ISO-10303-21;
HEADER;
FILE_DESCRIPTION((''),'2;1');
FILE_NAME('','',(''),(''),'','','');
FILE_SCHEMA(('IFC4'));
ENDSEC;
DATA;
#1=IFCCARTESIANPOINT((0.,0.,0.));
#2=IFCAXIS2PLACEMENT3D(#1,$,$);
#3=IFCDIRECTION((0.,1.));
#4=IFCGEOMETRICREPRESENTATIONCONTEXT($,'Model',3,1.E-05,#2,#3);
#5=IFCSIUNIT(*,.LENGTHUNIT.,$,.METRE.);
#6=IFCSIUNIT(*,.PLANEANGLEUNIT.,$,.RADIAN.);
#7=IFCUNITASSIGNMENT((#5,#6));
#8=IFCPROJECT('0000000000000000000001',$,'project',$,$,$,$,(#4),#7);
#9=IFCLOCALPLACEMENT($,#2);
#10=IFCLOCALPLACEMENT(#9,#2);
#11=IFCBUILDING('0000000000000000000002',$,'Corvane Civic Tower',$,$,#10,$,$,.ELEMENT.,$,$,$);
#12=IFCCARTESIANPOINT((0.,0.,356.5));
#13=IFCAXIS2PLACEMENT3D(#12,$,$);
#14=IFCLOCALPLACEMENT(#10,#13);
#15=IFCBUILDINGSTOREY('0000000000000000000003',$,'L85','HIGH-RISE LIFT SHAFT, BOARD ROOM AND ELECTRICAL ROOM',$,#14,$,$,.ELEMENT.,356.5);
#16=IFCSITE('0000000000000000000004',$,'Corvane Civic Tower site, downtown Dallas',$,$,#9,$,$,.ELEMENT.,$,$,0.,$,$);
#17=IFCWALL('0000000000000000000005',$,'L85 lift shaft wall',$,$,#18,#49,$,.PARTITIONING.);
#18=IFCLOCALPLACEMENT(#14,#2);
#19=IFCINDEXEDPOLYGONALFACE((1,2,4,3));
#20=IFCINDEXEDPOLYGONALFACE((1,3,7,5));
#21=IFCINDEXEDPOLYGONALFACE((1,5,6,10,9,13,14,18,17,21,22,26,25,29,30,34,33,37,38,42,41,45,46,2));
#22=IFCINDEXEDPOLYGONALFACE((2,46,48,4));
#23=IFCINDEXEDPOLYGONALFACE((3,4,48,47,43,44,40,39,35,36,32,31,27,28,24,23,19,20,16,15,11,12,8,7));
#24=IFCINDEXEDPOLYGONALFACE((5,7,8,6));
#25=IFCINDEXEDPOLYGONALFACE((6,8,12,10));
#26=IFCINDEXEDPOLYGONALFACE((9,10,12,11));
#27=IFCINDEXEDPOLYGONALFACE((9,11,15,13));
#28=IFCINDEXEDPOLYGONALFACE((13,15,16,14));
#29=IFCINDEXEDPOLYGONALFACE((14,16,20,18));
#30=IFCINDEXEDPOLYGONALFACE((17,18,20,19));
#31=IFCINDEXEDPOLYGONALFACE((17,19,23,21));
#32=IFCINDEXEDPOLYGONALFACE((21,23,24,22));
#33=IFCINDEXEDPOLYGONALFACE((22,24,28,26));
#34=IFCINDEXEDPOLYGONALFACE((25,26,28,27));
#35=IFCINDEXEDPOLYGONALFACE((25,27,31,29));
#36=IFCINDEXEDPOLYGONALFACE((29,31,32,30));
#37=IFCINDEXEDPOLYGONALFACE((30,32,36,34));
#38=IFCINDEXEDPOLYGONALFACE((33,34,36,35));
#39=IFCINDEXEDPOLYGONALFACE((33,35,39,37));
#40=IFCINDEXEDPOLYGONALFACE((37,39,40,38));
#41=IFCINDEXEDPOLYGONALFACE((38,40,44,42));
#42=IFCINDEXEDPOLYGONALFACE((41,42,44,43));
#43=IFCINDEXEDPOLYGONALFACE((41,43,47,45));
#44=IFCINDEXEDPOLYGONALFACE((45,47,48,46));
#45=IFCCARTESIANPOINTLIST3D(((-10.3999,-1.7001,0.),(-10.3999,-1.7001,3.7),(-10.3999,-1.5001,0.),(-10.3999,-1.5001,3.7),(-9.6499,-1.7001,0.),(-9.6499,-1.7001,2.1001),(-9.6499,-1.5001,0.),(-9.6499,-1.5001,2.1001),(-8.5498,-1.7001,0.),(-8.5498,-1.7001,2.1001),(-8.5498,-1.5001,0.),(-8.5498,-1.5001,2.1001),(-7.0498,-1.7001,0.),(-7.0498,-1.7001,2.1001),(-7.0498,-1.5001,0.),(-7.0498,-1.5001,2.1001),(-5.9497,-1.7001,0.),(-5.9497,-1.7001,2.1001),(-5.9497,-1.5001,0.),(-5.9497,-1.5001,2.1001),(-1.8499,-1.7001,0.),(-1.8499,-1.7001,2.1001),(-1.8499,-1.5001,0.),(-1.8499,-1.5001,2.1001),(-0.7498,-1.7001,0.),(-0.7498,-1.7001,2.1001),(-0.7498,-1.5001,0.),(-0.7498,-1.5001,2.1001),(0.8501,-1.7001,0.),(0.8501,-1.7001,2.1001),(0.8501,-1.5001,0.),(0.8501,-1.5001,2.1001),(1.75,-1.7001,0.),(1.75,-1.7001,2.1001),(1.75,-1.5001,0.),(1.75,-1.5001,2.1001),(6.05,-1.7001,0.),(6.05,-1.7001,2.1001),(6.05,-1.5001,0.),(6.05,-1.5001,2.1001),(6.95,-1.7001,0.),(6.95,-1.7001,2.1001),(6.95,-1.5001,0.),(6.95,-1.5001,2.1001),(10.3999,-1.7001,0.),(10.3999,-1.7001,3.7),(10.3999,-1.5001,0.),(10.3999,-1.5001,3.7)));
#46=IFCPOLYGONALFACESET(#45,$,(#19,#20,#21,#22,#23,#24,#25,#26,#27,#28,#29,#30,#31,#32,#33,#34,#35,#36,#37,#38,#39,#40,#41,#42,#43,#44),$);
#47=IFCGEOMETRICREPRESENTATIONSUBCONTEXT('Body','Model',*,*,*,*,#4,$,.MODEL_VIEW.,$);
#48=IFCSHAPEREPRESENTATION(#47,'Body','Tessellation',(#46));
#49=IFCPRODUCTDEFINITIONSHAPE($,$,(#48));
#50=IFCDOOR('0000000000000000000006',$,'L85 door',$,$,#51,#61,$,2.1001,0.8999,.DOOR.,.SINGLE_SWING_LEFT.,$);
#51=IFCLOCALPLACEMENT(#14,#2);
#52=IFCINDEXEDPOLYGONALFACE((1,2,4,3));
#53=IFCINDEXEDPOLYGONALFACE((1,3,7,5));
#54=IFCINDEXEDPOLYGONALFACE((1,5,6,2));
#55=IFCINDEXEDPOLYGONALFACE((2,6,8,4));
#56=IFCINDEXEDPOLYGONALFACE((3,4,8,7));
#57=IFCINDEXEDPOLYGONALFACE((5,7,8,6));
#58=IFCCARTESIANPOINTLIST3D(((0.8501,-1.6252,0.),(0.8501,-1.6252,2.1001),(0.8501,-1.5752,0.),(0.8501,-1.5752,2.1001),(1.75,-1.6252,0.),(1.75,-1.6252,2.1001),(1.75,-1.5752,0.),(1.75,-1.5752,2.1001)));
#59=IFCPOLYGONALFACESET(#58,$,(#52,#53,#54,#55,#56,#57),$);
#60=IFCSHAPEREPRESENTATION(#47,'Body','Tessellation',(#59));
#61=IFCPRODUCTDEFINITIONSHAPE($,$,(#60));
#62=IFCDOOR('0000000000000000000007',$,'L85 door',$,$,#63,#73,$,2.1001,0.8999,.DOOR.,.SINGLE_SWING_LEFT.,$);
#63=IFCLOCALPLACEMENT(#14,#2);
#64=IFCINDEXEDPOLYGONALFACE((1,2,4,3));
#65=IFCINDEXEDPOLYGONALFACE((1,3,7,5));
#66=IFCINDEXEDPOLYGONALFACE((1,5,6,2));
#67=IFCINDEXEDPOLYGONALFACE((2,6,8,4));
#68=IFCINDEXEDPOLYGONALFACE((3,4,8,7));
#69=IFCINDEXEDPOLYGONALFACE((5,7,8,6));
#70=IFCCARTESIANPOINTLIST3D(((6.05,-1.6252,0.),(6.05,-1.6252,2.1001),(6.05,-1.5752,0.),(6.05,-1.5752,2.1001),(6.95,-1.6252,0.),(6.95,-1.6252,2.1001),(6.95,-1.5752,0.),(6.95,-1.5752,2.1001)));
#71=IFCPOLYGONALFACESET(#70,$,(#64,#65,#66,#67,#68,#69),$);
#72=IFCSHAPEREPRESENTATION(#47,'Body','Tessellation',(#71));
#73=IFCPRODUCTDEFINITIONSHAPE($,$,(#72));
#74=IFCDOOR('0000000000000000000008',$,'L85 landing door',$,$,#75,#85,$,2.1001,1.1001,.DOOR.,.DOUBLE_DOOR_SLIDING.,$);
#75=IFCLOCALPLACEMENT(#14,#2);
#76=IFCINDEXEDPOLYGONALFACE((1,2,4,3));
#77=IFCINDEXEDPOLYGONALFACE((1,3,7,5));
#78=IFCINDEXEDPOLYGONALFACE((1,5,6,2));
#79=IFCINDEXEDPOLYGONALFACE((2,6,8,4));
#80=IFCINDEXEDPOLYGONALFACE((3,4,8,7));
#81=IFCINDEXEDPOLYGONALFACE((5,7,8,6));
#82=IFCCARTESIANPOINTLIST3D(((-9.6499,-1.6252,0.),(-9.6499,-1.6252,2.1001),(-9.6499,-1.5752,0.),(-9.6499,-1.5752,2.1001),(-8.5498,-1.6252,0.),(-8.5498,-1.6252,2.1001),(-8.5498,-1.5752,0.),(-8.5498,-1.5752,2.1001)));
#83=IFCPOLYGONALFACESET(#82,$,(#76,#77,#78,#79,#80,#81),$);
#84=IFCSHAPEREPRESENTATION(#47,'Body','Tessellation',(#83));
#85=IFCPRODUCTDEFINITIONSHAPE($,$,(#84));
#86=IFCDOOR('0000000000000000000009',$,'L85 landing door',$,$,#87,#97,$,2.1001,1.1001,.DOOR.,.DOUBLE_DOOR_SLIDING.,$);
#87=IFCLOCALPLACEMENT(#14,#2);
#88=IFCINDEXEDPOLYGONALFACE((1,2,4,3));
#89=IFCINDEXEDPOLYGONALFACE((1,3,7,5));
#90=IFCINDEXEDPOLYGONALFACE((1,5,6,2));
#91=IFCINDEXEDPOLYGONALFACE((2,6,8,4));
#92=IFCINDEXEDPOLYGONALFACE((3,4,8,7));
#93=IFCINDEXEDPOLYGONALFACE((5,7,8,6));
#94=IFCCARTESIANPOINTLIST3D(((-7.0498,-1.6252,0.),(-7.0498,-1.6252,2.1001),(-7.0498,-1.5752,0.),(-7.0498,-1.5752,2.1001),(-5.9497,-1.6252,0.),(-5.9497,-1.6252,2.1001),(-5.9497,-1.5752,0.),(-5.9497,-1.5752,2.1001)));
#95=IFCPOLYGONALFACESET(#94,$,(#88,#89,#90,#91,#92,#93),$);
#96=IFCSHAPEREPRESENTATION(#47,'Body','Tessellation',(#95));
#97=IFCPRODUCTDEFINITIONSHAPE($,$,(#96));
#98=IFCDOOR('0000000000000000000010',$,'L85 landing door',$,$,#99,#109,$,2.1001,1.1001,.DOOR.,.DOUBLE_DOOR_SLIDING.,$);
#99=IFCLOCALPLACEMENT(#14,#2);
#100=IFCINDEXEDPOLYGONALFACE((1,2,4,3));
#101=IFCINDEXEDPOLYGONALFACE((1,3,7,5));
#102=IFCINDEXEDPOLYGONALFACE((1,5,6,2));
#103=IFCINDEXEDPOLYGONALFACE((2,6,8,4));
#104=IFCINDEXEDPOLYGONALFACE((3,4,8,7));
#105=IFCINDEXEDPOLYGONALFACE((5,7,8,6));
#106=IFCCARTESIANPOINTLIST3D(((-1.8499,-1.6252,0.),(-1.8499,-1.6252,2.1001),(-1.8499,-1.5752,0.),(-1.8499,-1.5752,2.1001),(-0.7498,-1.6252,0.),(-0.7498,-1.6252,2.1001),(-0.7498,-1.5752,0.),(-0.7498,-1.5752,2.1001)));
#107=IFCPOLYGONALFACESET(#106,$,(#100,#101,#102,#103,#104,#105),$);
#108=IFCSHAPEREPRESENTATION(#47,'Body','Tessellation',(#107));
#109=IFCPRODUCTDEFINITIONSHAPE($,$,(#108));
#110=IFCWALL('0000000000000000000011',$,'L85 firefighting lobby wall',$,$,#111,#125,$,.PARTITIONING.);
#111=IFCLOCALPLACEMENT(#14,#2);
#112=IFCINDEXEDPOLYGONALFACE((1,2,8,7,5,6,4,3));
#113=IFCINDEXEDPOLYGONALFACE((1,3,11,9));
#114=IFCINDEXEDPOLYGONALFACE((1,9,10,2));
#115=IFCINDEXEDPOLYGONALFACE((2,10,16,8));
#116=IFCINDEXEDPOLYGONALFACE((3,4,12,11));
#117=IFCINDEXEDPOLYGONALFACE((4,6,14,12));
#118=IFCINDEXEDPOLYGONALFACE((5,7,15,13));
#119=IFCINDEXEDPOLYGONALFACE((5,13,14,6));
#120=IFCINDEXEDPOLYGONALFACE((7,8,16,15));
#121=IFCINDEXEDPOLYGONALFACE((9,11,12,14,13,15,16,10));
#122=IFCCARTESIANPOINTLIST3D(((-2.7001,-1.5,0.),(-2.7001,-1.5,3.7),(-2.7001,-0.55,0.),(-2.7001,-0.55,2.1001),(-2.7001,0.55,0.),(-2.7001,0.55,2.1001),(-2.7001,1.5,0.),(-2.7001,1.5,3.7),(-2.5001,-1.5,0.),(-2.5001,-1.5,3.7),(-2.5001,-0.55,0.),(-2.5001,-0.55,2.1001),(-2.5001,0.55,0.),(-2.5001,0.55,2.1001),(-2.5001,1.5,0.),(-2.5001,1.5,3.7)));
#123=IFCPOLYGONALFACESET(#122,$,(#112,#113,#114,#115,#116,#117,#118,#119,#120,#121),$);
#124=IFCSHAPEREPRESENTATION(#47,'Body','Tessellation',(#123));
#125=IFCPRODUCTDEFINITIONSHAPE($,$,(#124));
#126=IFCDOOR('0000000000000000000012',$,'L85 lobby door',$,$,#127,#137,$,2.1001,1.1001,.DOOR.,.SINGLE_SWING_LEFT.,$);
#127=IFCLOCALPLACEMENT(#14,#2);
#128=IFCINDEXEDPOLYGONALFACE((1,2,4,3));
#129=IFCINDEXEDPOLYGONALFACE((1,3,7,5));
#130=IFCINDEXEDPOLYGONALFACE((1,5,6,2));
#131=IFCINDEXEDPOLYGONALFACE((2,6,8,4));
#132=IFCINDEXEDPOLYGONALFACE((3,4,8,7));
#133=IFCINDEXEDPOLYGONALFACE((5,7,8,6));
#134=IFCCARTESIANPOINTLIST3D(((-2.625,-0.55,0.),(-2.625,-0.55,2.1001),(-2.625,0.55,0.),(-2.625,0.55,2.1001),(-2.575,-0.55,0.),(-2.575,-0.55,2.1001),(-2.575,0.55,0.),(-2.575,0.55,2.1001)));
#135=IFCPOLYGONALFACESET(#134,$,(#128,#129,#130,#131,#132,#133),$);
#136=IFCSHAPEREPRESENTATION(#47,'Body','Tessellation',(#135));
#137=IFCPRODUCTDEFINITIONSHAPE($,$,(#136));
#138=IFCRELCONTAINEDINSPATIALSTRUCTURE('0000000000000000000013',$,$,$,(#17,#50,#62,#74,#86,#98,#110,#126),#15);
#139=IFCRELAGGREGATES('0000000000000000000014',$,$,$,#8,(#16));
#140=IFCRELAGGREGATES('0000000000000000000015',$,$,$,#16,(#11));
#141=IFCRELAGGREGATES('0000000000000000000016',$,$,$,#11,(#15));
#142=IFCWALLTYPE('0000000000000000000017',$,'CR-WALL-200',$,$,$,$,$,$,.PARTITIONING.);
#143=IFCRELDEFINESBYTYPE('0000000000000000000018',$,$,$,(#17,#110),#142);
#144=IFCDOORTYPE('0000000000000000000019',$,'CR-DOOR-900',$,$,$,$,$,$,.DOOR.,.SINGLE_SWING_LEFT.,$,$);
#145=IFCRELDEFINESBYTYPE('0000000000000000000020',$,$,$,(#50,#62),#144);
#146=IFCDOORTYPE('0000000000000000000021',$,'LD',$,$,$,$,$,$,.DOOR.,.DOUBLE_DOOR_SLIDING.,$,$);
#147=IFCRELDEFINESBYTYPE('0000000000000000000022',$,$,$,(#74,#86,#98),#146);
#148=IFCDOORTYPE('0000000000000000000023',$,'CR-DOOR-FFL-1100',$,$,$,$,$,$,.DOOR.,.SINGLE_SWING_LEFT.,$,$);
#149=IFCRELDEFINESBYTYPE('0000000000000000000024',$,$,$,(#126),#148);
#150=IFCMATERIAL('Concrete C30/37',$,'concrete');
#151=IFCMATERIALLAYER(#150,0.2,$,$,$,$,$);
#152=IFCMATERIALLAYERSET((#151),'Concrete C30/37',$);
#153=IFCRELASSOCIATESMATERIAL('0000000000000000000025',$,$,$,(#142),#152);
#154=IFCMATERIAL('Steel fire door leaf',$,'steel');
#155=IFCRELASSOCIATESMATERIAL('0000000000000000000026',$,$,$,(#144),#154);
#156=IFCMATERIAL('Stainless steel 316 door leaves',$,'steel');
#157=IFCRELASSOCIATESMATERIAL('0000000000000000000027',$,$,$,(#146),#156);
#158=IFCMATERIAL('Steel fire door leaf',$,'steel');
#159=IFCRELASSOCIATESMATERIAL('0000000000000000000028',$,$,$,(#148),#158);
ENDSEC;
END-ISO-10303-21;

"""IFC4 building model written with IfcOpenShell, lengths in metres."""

from ifc_helpers import new_model, si_unit, direction, frame, frame_2d, origin, place, context, subcontext, project, spatial, rectangle, extrude, material, layer, layer_set, type_object, element, fill, save


model = new_model("IFC4")

# Units and contexts
model_context = context("Model", 3, precision=1e-05, world=origin(), true_north=direction((0.0, 1.0)))
body_context = subcontext(model_context, "Body", "Model", "MODEL_VIEW")
ifc_project = project(units=[si_unit("LENGTHUNIT", "METRE"), si_unit("PLANEANGLEUNIT", "RADIAN")], contexts=[model_context])

# Site, building, storey
site_placement = place(None, origin())
site = spatial("IfcSite", under=ifc_project, at=site_placement, Name="Corvane Civic Tower site, downtown Dallas", CompositionType="ELEMENT", RefElevation=0.0)
building_placement = place(site_placement, origin())
building = spatial("IfcBuilding", under=site, at=building_placement, Name="Corvane Civic Tower", CompositionType="ELEMENT")
storey_placement = place(building_placement, frame((0.0, 0.0, 356.5)))
storey = spatial("IfcBuildingStorey", under=building, at=storey_placement, Name="L85", Description="HIGH-RISE LIFT SHAFT, BOARD ROOM AND ELECTRICAL ROOM", CompositionType="ELEMENT", Elevation=356.5)

# Wall, openings, doors
ifc_material_1 = material(Name="Concrete C30/37", Category="concrete")
ifc_layer_1 = layer(ifc_material_1, 0.2)
ifc_layer_set_1 = layer_set([ifc_layer_1], Name="Concrete C30/37")
wall_type_1 = type_object("IfcWallType", Name="CR-WALL-200", PredefinedType="PARTITIONING", material=ifc_layer_set_1)
ifc_material_2 = material(Name="Steel fire door leaf", Category="steel")
door_type_1 = type_object("IfcDoorType", Name="CR-DOOR-900", OperationType="SINGLE_SWING_LEFT", PredefinedType="DOOR", material=ifc_material_2)
wall_1_placement = place(storey_placement, frame((-10.3999, -1.6001, 0.0), z_axis=(0.0, 0.0, 1.0), x_axis=(1.0, 0.0, 0.0)))
wall_1 = element("IfcWall", 1, at=wall_1_placement, inside=storey, type_object=wall_type_1, Name="L85 lift shaft wall", PredefinedType="PARTITIONING", context=body_context, shape_type="SweptSolid", body=[
    extrude(rectangle(XDim=20.7998, YDim=0.2, at=frame_2d((10.3999, 0.0))), origin(), (0.0, 0.0, 1.0), 3.7),
])
opening_1_placement = place(wall_1_placement, frame((0.75, 0.0, 0.0)))
opening_1 = element("IfcOpeningElement", 2, at=opening_1_placement, cuts=wall_1, PredefinedType="OPENING", context=body_context, shape_type="SweptSolid", body=[
    extrude(rectangle(XDim=1.1001, YDim=2.1001, at=frame_2d((0.55, 1.05))), frame((0.0, 0.1099, 0.0), z_axis=(0.0, -1.0, 0.0), x_axis=(1.0, 0.0, 0.0)), (0.0, 0.0, 1.0), 0.22),
])
opening_2_placement = place(wall_1_placement, frame((3.3501, 0.0, 0.0)))
opening_2 = element("IfcOpeningElement", 3, at=opening_2_placement, cuts=wall_1, PredefinedType="OPENING", context=body_context, shape_type="SweptSolid", body=[
    extrude(rectangle(XDim=1.1001, YDim=2.1001, at=frame_2d((0.55, 1.05))), frame((0.0, 0.1099, 0.0), z_axis=(0.0, -1.0, 0.0), x_axis=(1.0, 0.0, 0.0)), (0.0, 0.0, 1.0), 0.22),
])
opening_3_placement = place(wall_1_placement, frame((8.55, 0.0, 0.0)))
opening_3 = element("IfcOpeningElement", 4, at=opening_3_placement, cuts=wall_1, PredefinedType="OPENING", context=body_context, shape_type="SweptSolid", body=[
    extrude(rectangle(XDim=1.1001, YDim=2.1001, at=frame_2d((0.55, 1.05))), frame((0.0, 0.1099, 0.0), z_axis=(0.0, -1.0, 0.0), x_axis=(1.0, 0.0, 0.0)), (0.0, 0.0, 1.0), 0.22),
])
opening_4_placement = place(wall_1_placement, frame((11.25, 0.0, 0.0)))
opening_4 = element("IfcOpeningElement", 5, at=opening_4_placement, cuts=wall_1, PredefinedType="OPENING", context=body_context, shape_type="SweptSolid", body=[
    extrude(rectangle(XDim=0.8999, YDim=2.1001, at=frame_2d((0.45, 1.05))), frame((0.0, 0.1099, 0.0), z_axis=(0.0, -1.0, 0.0), x_axis=(1.0, 0.0, 0.0)), (0.0, 0.0, 1.0), 0.22),
])
opening_5_placement = place(wall_1_placement, frame((16.45, 0.0, 0.0)))
opening_5 = element("IfcOpeningElement", 6, at=opening_5_placement, cuts=wall_1, PredefinedType="OPENING", context=body_context, shape_type="SweptSolid", body=[
    extrude(rectangle(XDim=0.8999, YDim=2.1001, at=frame_2d((0.45, 1.05))), frame((0.0, 0.1099, 0.0), z_axis=(0.0, -1.0, 0.0), x_axis=(1.0, 0.0, 0.0)), (0.0, 0.0, 1.0), 0.22),
])
door_1_placement = place(opening_4_placement, origin())
door_1 = element("IfcDoor", 7, at=door_1_placement, inside=storey, type_object=door_type_1, Name="L85 door", OperationType="SINGLE_SWING_LEFT", OverallHeight=2.1001, OverallWidth=0.8999, PredefinedType="DOOR", context=body_context, shape_type="SweptSolid", body=[
    extrude(rectangle(XDim=0.8999, YDim=2.1001, at=frame_2d((0.45, 1.05))), frame((0.0, 0.0249, 0.0), z_axis=(0.0, -1.0, 0.0), x_axis=(1.0, 0.0, 0.0)), (0.0, 0.0, 1.0), 0.05),
])
fill(opening_4, door_1)
door_2_placement = place(opening_5_placement, origin())
door_2 = element("IfcDoor", 8, at=door_2_placement, inside=storey, type_object=door_type_1, Name="L85 door", OperationType="SINGLE_SWING_LEFT", OverallHeight=2.1001, OverallWidth=0.8999, PredefinedType="DOOR", context=body_context, shape_type="SweptSolid", body=[
    extrude(rectangle(XDim=0.8999, YDim=2.1001, at=frame_2d((0.45, 1.05))), frame((0.0, 0.0249, 0.0), z_axis=(0.0, -1.0, 0.0), x_axis=(1.0, 0.0, 0.0)), (0.0, 0.0, 1.0), 0.05),
])
fill(opening_5, door_2)
ifc_material_3 = material(Name="Stainless steel 316 door leaves", Category="steel")
door_type_2 = type_object("IfcDoorType", Name="LD", OperationType="DOUBLE_DOOR_SLIDING", PredefinedType="DOOR", material=ifc_material_3)
door_3_placement = place(opening_1_placement, origin())
door_3 = element("IfcDoor", 9, at=door_3_placement, inside=storey, type_object=door_type_2, Name="L85 landing door", OperationType="DOUBLE_DOOR_SLIDING", OverallHeight=2.1001, OverallWidth=1.1001, PredefinedType="DOOR", context=body_context, shape_type="SweptSolid", body=[
    extrude(rectangle(XDim=1.1001, YDim=2.1001, at=frame_2d((0.55, 1.05))), frame((0.0, 0.0249, 0.0), z_axis=(0.0, -1.0, 0.0), x_axis=(1.0, 0.0, 0.0)), (0.0, 0.0, 1.0), 0.05),
])
fill(opening_1, door_3)
door_4_placement = place(opening_2_placement, origin())
door_4 = element("IfcDoor", 10, at=door_4_placement, inside=storey, type_object=door_type_2, Name="L85 landing door", OperationType="DOUBLE_DOOR_SLIDING", OverallHeight=2.1001, OverallWidth=1.1001, PredefinedType="DOOR", context=body_context, shape_type="SweptSolid", body=[
    extrude(rectangle(XDim=1.1001, YDim=2.1001, at=frame_2d((0.55, 1.05))), frame((0.0, 0.0249, 0.0), z_axis=(0.0, -1.0, 0.0), x_axis=(1.0, 0.0, 0.0)), (0.0, 0.0, 1.0), 0.05),
])
fill(opening_2, door_4)
door_5_placement = place(opening_3_placement, origin())
door_5 = element("IfcDoor", 11, at=door_5_placement, inside=storey, type_object=door_type_2, Name="L85 landing door", OperationType="DOUBLE_DOOR_SLIDING", OverallHeight=2.1001, OverallWidth=1.1001, PredefinedType="DOOR", context=body_context, shape_type="SweptSolid", body=[
    extrude(rectangle(XDim=1.1001, YDim=2.1001, at=frame_2d((0.55, 1.05))), frame((0.0, 0.0249, 0.0), z_axis=(0.0, -1.0, 0.0), x_axis=(1.0, 0.0, 0.0)), (0.0, 0.0, 1.0), 0.05),
])
fill(opening_3, door_5)

# Wall, opening, door
wall_2_placement = place(storey_placement, frame((-2.6001, -1.5, 0.0), z_axis=(0.0, 0.0, 1.0), x_axis=(0.0, 1.0, 0.0)))
wall_2 = element("IfcWall", 12, at=wall_2_placement, inside=storey, type_object=wall_type_1, Name="L85 firefighting lobby wall", PredefinedType="PARTITIONING", context=body_context, shape_type="SweptSolid", body=[
    extrude(rectangle(XDim=3.0, YDim=0.2, at=frame_2d((1.5, 0.0))), origin(), (0.0, 0.0, 1.0), 3.7),
])
opening_6_placement = place(wall_2_placement, frame((0.95, 0.0, 0.0)))
opening_6 = element("IfcOpeningElement", 13, at=opening_6_placement, cuts=wall_2, PredefinedType="OPENING", context=body_context, shape_type="SweptSolid", body=[
    extrude(rectangle(XDim=1.1001, YDim=2.1001, at=frame_2d((0.55, 1.05))), frame((0.0, 0.1099, 0.0), z_axis=(0.0, -1.0, 0.0), x_axis=(1.0, 0.0, 0.0)), (0.0, 0.0, 1.0), 0.22),
])
ifc_material_4 = material(Name="Steel fire door leaf", Category="steel")
door_type_3 = type_object("IfcDoorType", Name="CR-DOOR-FFL-1100", OperationType="SINGLE_SWING_LEFT", PredefinedType="DOOR", material=ifc_material_4)
door_6_placement = place(opening_6_placement, origin())
door_6 = element("IfcDoor", 14, at=door_6_placement, inside=storey, type_object=door_type_3, Name="L85 lobby door", OperationType="SINGLE_SWING_LEFT", OverallHeight=2.1001, OverallWidth=1.1001, PredefinedType="DOOR", context=body_context, shape_type="SweptSolid", body=[
    extrude(rectangle(XDim=1.1001, YDim=2.1001, at=frame_2d((0.55, 1.05))), frame((0.0, 0.0249, 0.0), z_axis=(0.0, -1.0, 0.0), x_axis=(1.0, 0.0, 0.0)), (0.0, 0.0, 1.0), 0.05),
])
fill(opening_6, door_6)

save(model, "model.ifc")
